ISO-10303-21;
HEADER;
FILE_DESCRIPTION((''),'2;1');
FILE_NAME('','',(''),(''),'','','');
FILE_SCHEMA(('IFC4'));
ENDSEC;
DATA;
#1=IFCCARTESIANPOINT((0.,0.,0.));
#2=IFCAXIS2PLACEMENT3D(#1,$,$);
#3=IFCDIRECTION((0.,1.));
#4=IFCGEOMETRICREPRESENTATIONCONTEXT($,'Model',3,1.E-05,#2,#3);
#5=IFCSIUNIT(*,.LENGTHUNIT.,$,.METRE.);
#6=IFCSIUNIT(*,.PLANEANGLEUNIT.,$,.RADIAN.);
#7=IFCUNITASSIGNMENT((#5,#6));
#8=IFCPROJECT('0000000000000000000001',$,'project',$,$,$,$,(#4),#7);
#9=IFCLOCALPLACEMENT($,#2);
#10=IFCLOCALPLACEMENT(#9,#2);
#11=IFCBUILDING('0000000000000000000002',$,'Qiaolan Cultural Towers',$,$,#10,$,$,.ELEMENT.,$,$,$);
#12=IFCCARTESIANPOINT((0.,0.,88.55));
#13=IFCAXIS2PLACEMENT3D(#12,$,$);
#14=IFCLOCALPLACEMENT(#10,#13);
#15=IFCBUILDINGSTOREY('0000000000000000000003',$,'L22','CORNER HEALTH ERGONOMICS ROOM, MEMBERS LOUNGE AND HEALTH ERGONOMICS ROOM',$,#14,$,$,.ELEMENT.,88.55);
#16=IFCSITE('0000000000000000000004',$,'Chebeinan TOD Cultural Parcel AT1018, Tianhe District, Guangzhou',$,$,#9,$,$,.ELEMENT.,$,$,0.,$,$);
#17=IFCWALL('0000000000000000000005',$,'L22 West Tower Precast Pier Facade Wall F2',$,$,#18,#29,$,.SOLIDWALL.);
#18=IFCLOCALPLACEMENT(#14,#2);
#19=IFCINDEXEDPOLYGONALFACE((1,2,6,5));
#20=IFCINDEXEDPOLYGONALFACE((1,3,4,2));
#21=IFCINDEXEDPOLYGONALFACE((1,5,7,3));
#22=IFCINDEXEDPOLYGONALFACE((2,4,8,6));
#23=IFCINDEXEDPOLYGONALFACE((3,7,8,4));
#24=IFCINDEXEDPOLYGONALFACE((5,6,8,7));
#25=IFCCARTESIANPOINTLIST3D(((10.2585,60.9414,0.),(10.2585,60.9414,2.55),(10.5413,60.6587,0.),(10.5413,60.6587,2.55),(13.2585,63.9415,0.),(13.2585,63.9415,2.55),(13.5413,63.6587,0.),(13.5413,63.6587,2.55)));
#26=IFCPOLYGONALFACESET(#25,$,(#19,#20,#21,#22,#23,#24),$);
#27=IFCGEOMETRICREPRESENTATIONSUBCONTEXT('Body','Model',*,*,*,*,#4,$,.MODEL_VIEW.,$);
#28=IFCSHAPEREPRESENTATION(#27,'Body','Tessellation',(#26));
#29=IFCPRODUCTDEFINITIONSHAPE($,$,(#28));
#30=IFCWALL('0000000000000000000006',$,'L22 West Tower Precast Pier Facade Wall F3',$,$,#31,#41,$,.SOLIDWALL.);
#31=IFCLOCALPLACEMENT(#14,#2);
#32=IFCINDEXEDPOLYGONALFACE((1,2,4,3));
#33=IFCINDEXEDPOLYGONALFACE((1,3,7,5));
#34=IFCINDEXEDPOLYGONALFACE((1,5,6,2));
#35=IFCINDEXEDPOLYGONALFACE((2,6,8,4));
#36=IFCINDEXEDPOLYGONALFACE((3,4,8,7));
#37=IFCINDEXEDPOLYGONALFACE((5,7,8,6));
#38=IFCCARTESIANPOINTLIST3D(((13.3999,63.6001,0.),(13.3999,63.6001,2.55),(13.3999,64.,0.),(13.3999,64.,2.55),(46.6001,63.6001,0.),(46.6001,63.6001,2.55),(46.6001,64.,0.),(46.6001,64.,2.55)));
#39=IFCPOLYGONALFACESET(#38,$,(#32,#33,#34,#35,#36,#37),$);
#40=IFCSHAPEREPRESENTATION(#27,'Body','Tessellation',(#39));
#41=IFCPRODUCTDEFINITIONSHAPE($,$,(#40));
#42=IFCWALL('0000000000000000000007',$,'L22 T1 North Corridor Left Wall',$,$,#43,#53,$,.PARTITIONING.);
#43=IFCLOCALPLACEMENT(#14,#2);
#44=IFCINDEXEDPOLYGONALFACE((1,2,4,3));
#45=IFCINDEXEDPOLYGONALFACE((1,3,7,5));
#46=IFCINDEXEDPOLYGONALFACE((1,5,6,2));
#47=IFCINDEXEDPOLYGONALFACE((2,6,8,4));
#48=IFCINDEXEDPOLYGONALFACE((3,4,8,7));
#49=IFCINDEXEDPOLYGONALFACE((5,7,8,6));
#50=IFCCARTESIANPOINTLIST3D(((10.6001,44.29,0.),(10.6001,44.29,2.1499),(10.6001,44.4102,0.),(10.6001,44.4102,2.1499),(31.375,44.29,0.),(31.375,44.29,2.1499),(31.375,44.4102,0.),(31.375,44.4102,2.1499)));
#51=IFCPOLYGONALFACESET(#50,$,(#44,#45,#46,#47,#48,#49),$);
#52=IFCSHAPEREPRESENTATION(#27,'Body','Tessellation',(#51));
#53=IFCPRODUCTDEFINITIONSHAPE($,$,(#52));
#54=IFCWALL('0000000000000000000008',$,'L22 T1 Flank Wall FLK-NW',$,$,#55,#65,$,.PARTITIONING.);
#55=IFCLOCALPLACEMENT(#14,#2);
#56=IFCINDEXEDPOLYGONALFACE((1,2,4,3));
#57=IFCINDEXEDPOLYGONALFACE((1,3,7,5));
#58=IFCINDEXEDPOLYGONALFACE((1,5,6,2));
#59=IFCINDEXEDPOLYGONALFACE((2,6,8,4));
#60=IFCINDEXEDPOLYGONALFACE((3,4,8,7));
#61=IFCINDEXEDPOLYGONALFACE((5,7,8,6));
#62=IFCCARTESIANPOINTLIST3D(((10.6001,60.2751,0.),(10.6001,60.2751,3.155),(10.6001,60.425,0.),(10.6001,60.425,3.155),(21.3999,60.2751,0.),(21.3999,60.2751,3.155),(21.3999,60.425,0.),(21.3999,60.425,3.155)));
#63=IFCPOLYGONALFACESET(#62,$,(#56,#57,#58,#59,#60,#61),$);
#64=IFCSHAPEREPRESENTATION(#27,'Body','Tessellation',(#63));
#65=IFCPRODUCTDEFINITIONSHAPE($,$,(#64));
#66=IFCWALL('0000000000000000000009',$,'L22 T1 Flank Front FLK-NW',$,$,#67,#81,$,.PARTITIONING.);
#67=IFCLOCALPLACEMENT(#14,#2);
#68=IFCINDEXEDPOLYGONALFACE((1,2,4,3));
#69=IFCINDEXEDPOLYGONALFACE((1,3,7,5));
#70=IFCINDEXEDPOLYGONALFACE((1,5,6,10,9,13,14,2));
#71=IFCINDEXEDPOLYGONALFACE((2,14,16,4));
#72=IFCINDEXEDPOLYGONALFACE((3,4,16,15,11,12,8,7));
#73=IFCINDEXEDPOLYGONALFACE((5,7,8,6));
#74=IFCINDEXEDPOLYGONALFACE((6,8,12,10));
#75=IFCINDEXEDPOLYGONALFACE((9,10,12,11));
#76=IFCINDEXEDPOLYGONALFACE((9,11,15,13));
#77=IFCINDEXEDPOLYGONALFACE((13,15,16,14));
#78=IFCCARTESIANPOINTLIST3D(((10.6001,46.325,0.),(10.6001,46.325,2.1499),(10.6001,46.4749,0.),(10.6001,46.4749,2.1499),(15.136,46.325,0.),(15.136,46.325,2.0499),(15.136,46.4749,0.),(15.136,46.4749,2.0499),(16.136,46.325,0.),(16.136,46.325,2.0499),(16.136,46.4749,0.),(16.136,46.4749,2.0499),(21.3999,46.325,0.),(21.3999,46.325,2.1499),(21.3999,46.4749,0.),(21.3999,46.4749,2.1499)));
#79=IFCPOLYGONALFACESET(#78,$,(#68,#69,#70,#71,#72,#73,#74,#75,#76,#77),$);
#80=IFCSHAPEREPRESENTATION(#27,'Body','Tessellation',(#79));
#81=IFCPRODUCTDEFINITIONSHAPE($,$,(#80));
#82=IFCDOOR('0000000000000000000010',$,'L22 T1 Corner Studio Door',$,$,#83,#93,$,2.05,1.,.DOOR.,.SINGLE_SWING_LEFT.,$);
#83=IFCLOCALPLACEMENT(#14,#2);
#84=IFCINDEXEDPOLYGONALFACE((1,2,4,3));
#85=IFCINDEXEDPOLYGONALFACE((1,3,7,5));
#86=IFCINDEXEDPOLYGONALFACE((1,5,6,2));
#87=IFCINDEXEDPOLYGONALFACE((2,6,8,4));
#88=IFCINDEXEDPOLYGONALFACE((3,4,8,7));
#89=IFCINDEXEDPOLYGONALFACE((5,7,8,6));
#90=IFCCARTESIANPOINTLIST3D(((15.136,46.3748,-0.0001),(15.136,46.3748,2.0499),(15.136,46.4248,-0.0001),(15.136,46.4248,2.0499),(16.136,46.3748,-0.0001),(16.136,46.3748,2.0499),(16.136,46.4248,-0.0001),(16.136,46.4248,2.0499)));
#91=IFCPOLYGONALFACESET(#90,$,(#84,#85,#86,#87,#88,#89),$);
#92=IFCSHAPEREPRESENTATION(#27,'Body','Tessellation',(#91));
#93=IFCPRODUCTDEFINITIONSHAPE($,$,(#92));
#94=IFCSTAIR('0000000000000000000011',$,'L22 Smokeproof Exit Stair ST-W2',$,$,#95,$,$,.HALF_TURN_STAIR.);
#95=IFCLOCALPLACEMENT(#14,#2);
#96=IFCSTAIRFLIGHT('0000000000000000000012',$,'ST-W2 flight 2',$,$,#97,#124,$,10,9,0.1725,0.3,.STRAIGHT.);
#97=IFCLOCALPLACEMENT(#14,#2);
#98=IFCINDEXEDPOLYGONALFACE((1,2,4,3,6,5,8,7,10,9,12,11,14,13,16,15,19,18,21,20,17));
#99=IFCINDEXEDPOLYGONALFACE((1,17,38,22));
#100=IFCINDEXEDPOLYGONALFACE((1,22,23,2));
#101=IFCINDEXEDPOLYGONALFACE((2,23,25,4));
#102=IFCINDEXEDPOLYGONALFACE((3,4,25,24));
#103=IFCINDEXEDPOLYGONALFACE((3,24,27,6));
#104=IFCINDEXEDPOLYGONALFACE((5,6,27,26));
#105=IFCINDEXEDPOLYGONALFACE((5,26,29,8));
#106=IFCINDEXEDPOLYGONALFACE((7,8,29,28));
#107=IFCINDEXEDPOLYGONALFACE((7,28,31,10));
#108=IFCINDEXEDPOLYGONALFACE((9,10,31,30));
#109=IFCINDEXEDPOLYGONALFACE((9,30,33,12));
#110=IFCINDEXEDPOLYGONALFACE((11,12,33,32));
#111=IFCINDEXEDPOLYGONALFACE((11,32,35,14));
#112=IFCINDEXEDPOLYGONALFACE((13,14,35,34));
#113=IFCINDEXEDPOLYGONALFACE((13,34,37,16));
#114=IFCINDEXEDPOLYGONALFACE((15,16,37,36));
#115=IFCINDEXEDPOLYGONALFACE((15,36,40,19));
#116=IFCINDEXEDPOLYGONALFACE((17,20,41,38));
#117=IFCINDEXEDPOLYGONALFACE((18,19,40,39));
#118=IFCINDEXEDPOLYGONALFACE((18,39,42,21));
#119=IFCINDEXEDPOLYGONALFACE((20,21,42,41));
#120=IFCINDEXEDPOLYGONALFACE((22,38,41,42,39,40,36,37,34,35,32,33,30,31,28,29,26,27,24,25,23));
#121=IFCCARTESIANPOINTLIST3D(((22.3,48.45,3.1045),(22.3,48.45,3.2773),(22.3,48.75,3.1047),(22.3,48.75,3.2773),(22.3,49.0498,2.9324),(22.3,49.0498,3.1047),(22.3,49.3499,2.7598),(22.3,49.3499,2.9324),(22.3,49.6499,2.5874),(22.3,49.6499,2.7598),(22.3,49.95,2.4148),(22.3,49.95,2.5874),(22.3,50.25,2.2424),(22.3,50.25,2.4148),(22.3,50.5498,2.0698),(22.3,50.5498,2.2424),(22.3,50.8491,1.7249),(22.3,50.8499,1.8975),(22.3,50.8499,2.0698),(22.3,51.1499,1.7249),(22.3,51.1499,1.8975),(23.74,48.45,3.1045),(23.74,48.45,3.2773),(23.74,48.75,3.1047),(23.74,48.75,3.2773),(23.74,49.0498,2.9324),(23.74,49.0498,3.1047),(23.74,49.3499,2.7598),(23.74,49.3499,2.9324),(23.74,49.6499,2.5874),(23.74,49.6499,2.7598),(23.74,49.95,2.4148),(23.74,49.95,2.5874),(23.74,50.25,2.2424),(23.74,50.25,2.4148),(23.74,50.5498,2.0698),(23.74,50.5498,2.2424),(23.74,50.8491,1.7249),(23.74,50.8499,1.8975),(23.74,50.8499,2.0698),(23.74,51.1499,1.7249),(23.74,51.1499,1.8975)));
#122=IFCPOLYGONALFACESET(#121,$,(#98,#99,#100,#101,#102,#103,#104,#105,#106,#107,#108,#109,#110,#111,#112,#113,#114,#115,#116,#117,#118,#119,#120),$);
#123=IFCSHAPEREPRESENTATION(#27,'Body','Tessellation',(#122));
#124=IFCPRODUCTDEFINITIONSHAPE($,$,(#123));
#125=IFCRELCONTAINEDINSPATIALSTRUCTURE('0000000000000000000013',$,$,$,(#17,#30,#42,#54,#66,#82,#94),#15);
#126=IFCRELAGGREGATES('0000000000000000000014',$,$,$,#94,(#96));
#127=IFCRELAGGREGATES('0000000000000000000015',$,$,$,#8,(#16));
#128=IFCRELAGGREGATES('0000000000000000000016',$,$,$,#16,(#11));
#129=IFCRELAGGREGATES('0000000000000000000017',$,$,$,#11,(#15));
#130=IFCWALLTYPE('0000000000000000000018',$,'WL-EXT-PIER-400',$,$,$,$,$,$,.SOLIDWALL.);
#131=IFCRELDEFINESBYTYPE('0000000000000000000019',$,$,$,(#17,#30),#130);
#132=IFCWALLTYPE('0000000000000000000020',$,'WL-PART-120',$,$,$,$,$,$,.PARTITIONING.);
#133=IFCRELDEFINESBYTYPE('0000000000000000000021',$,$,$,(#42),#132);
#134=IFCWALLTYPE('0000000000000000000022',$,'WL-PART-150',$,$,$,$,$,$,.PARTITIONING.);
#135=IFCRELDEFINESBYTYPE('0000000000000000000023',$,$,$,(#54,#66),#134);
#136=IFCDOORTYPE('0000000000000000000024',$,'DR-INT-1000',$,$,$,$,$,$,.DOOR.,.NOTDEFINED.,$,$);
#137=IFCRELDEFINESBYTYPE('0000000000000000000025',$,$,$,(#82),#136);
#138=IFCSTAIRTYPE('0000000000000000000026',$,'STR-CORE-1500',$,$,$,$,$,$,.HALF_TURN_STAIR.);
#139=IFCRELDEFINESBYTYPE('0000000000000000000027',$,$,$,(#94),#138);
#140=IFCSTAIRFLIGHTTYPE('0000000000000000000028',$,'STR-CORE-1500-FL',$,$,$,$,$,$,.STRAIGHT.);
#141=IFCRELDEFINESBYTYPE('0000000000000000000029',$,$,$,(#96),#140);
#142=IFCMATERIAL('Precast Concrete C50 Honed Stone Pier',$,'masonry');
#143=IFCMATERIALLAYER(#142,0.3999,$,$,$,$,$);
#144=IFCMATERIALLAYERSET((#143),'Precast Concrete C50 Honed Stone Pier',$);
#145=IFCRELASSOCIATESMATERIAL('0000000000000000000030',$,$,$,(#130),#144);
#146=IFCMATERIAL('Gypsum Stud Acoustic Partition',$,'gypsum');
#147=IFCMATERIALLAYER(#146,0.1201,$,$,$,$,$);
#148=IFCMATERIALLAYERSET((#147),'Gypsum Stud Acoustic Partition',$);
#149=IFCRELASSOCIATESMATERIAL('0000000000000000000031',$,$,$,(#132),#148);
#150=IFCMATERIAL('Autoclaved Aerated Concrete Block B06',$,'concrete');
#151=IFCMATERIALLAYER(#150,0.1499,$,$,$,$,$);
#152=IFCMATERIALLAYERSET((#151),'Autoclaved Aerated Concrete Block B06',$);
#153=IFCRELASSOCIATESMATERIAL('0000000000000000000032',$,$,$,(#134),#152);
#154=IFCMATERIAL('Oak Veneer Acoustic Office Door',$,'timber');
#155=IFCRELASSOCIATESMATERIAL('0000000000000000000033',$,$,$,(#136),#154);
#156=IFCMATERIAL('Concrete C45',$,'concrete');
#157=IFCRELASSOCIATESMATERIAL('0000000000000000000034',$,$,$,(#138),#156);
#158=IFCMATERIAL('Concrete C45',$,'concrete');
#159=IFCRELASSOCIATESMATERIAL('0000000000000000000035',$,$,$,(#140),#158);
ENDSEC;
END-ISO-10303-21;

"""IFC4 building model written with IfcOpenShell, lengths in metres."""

from ifc_helpers import new_model, si_unit, direction, frame, frame_2d, origin, place, context, subcontext, project, spatial, polyline, rectangle, outline, extrude, material, layer, layer_set, type_object, element, fill, aggregate, save


model = new_model("IFC4")

# Units and contexts
model_context = context("Model", 3, precision=1e-05, world=origin(), true_north=direction((0.0, 1.0)))
body_context = subcontext(model_context, "Body", "Model", "MODEL_VIEW")
ifc_project = project(units=[si_unit("LENGTHUNIT", "METRE"), si_unit("PLANEANGLEUNIT", "RADIAN")], contexts=[model_context])

# Site, building, storey
site_placement = place(None, origin())
site = spatial("IfcSite", under=ifc_project, at=site_placement, Name="Chebeinan TOD Cultural Parcel AT1018, Tianhe District, Guangzhou", CompositionType="ELEMENT", RefElevation=0.0)
building_placement = place(site_placement, origin())
building = spatial("IfcBuilding", under=site, at=building_placement, Name="Qiaolan Cultural Towers", CompositionType="ELEMENT")
storey_placement = place(building_placement, frame((0.0, 0.0, 88.55)))
storey = spatial("IfcBuildingStorey", under=building, at=storey_placement, Name="L22", Description="CORNER HEALTH ERGONOMICS ROOM, MEMBERS LOUNGE AND HEALTH ERGONOMICS ROOM", CompositionType="ELEMENT", Elevation=88.55)

# Walls
ifc_material_1 = material(Name="Precast Concrete C50 Honed Stone Pier", Category="masonry")
ifc_layer_1 = layer(ifc_material_1, 0.3999)
ifc_layer_set_1 = layer_set([ifc_layer_1], Name="Precast Concrete C50 Honed Stone Pier")
wall_type_1 = type_object("IfcWallType", Name="WL-EXT-PIER-400", PredefinedType="SOLIDWALL", material=ifc_layer_set_1)
wall_1_placement = place(storey_placement, frame((10.3999, 60.8, 0.0), z_axis=(0.0, 0.0, 1.0), x_axis=(0.707107, 0.707107, 0.0)))
element("IfcWall", 1, at=wall_1_placement, inside=storey, type_object=wall_type_1, Name="L22 West Tower Precast Pier Facade Wall F2", PredefinedType="SOLIDWALL", context=body_context, shape_type="SweptSolid", body=[
    extrude(rectangle(XDim=4.2427, YDim=0.3999, at=frame_2d((2.1213, 0.0))), origin(), (0.0, 0.0, 1.0), 2.55),
])
wall_2_placement = place(storey_placement, frame((13.3999, 63.8, 0.0), z_axis=(0.0, 0.0, 1.0), x_axis=(1.0, 0.0, 0.0)))
element("IfcWall", 2, at=wall_2_placement, inside=storey, type_object=wall_type_1, Name="L22 West Tower Precast Pier Facade Wall F3", PredefinedType="SOLIDWALL", context=body_context, shape_type="SweptSolid", body=[
    extrude(rectangle(XDim=33.2002, YDim=0.3999, at=frame_2d((16.6001, 0.0))), origin(), (0.0, 0.0, 1.0), 2.55),
])
ifc_material_2 = material(Name="Gypsum Stud Acoustic Partition", Category="gypsum")
ifc_layer_2 = layer(ifc_material_2, 0.1201)
ifc_layer_set_2 = layer_set([ifc_layer_2], Name="Gypsum Stud Acoustic Partition")
wall_type_2 = type_object("IfcWallType", Name="WL-PART-120", PredefinedType="PARTITIONING", material=ifc_layer_set_2)
wall_3_placement = place(storey_placement, frame((10.6001, 44.3501, 0.0), z_axis=(0.0, 0.0, 1.0), x_axis=(1.0, 0.0, 0.0)))
element("IfcWall", 3, at=wall_3_placement, inside=storey, type_object=wall_type_2, Name="L22 T1 North Corridor Left Wall", PredefinedType="PARTITIONING", context=body_context, shape_type="SweptSolid", body=[
    extrude(rectangle(XDim=20.7749, YDim=0.1201, at=frame_2d((10.3875, 0.0))), origin(), (0.0, 0.0, 1.0), 2.1499),
])
ifc_material_3 = material(Name="Autoclaved Aerated Concrete Block B06", Category="concrete")
ifc_layer_3 = layer(ifc_material_3, 0.1499)
ifc_layer_set_3 = layer_set([ifc_layer_3], Name="Autoclaved Aerated Concrete Block B06")
wall_type_3 = type_object("IfcWallType", Name="WL-PART-150", PredefinedType="PARTITIONING", material=ifc_layer_set_3)
wall_4_placement = place(storey_placement, frame((10.6001, 60.3501, 0.0), z_axis=(0.0, 0.0, 1.0), x_axis=(1.0, 0.0, 0.0)))
element("IfcWall", 4, at=wall_4_placement, inside=storey, type_object=wall_type_3, Name="L22 T1 Flank Wall FLK-NW", PredefinedType="PARTITIONING", context=body_context, shape_type="SweptSolid", body=[
    extrude(rectangle(XDim=10.7998, YDim=0.1499, at=frame_2d((5.3999, 0.0))), origin(), (0.0, 0.0, 1.0), 3.155),
])

# Wall, opening, door
wall_5_placement = place(storey_placement, frame((10.6001, 46.3999, 0.0), z_axis=(0.0, 0.0, 1.0), x_axis=(1.0, 0.0, 0.0)))
wall_5 = element("IfcWall", 5, at=wall_5_placement, inside=storey, type_object=wall_type_3, Name="L22 T1 Flank Front FLK-NW", PredefinedType="PARTITIONING", context=body_context, shape_type="SweptSolid", body=[
    extrude(rectangle(XDim=10.7998, YDim=0.1499, at=frame_2d((5.3999, 0.0))), origin(), (0.0, 0.0, 1.0), 2.1499),
])
opening_placement = place(wall_5_placement, frame((4.5359, 0.0, 0.0)))
opening = element("IfcOpeningElement", 6, at=opening_placement, cuts=wall_5, PredefinedType="OPENING", context=body_context, shape_type="SweptSolid", body=[
    extrude(rectangle(XDim=1.0, YDim=2.05, at=frame_2d((0.5, 1.0249))), frame((0.0, 0.085, 0.0), z_axis=(0.0, -1.0, 0.0), x_axis=(1.0, 0.0, 0.0)), (0.0, 0.0, 1.0), 0.1699),
])
ifc_material_4 = material(Name="Oak Veneer Acoustic Office Door", Category="timber")
door_type = type_object("IfcDoorType", Name="DR-INT-1000", OperationType="NOTDEFINED", PredefinedType="DOOR", material=ifc_material_4)
door_placement = place(opening_placement, origin())
door = element("IfcDoor", 7, at=door_placement, inside=storey, type_object=door_type, Name="L22 T1 Corner Studio Door", OperationType="SINGLE_SWING_LEFT", OverallHeight=2.05, OverallWidth=1.0, PredefinedType="DOOR", context=body_context, shape_type="SweptSolid", body=[
    extrude(rectangle(XDim=1.0, YDim=2.05, at=frame_2d((0.5, 1.0249))), frame((0.0, 0.0249, 0.0), z_axis=(0.0, -1.0, 0.0), x_axis=(1.0, 0.0, 0.0)), (0.0, 0.0, 1.0), 0.05),
])
fill(opening, door)

# Stair, stair flight
ifc_material_5 = material(Name="Concrete C45", Category="concrete")
stair_type = type_object("IfcStairType", Name="STR-CORE-1500", PredefinedType="HALF_TURN_STAIR", material=ifc_material_5)
stair_placement = place(storey_placement, origin())
stair = element("IfcStair", 8, at=stair_placement, inside=storey, type_object=stair_type, Name="L22 Smokeproof Exit Stair ST-W2", PredefinedType="HALF_TURN_STAIR")
ifc_material_6 = material(Name="Concrete C45", Category="concrete")
stair_flight_type = type_object("IfcStairFlightType", Name="STR-CORE-1500-FL", PredefinedType="STRAIGHT", material=ifc_material_6)
stair_flight_placement = place(storey_placement, frame((23.02, 51.1499, 1.7249), z_axis=(0.0, 0.0, 1.0), x_axis=(0.0, -1.0, 0.0)))
stair_flight = element("IfcStairFlight", 9, at=stair_flight_placement, type_object=stair_flight_type, Name="ST-W2 flight 2", NumberOfRisers=10, NumberOfTreads=9, PredefinedType="STRAIGHT", RiserHeight=0.1725, TreadLength=0.3, context=body_context, shape_type="SweptSolid", body=[
    extrude(outline(polyline([(0.0, 0.0), (0.0, 0.1726), (0.3, 0.1726), (0.3, 0.345), (0.6001, 0.345), (0.6001, 0.5176), (0.8999, 0.5176), (0.8999, 0.6899), (1.2, 0.6899), (1.2, 0.8625), (1.5, 0.8625), (1.5, 1.0349), (1.8, 1.0349), (1.8, 1.2075), (2.1001, 1.2075), (2.1001, 1.3799), (2.3999, 1.3799), (2.3999, 1.5525), (2.7, 1.5525), (2.7, 1.7251), (2.7, 1.3796), (0.3008, 0.0), (0.0, 0.0)])), frame((0.0, 0.72, 0.0), z_axis=(0.0, -1.0, 0.0), x_axis=(1.0, 0.0, 0.0)), (0.0, 0.0, 1.0), 1.4399),
])
aggregate(stair, [stair_flight])

save(model, "model.ifc")
